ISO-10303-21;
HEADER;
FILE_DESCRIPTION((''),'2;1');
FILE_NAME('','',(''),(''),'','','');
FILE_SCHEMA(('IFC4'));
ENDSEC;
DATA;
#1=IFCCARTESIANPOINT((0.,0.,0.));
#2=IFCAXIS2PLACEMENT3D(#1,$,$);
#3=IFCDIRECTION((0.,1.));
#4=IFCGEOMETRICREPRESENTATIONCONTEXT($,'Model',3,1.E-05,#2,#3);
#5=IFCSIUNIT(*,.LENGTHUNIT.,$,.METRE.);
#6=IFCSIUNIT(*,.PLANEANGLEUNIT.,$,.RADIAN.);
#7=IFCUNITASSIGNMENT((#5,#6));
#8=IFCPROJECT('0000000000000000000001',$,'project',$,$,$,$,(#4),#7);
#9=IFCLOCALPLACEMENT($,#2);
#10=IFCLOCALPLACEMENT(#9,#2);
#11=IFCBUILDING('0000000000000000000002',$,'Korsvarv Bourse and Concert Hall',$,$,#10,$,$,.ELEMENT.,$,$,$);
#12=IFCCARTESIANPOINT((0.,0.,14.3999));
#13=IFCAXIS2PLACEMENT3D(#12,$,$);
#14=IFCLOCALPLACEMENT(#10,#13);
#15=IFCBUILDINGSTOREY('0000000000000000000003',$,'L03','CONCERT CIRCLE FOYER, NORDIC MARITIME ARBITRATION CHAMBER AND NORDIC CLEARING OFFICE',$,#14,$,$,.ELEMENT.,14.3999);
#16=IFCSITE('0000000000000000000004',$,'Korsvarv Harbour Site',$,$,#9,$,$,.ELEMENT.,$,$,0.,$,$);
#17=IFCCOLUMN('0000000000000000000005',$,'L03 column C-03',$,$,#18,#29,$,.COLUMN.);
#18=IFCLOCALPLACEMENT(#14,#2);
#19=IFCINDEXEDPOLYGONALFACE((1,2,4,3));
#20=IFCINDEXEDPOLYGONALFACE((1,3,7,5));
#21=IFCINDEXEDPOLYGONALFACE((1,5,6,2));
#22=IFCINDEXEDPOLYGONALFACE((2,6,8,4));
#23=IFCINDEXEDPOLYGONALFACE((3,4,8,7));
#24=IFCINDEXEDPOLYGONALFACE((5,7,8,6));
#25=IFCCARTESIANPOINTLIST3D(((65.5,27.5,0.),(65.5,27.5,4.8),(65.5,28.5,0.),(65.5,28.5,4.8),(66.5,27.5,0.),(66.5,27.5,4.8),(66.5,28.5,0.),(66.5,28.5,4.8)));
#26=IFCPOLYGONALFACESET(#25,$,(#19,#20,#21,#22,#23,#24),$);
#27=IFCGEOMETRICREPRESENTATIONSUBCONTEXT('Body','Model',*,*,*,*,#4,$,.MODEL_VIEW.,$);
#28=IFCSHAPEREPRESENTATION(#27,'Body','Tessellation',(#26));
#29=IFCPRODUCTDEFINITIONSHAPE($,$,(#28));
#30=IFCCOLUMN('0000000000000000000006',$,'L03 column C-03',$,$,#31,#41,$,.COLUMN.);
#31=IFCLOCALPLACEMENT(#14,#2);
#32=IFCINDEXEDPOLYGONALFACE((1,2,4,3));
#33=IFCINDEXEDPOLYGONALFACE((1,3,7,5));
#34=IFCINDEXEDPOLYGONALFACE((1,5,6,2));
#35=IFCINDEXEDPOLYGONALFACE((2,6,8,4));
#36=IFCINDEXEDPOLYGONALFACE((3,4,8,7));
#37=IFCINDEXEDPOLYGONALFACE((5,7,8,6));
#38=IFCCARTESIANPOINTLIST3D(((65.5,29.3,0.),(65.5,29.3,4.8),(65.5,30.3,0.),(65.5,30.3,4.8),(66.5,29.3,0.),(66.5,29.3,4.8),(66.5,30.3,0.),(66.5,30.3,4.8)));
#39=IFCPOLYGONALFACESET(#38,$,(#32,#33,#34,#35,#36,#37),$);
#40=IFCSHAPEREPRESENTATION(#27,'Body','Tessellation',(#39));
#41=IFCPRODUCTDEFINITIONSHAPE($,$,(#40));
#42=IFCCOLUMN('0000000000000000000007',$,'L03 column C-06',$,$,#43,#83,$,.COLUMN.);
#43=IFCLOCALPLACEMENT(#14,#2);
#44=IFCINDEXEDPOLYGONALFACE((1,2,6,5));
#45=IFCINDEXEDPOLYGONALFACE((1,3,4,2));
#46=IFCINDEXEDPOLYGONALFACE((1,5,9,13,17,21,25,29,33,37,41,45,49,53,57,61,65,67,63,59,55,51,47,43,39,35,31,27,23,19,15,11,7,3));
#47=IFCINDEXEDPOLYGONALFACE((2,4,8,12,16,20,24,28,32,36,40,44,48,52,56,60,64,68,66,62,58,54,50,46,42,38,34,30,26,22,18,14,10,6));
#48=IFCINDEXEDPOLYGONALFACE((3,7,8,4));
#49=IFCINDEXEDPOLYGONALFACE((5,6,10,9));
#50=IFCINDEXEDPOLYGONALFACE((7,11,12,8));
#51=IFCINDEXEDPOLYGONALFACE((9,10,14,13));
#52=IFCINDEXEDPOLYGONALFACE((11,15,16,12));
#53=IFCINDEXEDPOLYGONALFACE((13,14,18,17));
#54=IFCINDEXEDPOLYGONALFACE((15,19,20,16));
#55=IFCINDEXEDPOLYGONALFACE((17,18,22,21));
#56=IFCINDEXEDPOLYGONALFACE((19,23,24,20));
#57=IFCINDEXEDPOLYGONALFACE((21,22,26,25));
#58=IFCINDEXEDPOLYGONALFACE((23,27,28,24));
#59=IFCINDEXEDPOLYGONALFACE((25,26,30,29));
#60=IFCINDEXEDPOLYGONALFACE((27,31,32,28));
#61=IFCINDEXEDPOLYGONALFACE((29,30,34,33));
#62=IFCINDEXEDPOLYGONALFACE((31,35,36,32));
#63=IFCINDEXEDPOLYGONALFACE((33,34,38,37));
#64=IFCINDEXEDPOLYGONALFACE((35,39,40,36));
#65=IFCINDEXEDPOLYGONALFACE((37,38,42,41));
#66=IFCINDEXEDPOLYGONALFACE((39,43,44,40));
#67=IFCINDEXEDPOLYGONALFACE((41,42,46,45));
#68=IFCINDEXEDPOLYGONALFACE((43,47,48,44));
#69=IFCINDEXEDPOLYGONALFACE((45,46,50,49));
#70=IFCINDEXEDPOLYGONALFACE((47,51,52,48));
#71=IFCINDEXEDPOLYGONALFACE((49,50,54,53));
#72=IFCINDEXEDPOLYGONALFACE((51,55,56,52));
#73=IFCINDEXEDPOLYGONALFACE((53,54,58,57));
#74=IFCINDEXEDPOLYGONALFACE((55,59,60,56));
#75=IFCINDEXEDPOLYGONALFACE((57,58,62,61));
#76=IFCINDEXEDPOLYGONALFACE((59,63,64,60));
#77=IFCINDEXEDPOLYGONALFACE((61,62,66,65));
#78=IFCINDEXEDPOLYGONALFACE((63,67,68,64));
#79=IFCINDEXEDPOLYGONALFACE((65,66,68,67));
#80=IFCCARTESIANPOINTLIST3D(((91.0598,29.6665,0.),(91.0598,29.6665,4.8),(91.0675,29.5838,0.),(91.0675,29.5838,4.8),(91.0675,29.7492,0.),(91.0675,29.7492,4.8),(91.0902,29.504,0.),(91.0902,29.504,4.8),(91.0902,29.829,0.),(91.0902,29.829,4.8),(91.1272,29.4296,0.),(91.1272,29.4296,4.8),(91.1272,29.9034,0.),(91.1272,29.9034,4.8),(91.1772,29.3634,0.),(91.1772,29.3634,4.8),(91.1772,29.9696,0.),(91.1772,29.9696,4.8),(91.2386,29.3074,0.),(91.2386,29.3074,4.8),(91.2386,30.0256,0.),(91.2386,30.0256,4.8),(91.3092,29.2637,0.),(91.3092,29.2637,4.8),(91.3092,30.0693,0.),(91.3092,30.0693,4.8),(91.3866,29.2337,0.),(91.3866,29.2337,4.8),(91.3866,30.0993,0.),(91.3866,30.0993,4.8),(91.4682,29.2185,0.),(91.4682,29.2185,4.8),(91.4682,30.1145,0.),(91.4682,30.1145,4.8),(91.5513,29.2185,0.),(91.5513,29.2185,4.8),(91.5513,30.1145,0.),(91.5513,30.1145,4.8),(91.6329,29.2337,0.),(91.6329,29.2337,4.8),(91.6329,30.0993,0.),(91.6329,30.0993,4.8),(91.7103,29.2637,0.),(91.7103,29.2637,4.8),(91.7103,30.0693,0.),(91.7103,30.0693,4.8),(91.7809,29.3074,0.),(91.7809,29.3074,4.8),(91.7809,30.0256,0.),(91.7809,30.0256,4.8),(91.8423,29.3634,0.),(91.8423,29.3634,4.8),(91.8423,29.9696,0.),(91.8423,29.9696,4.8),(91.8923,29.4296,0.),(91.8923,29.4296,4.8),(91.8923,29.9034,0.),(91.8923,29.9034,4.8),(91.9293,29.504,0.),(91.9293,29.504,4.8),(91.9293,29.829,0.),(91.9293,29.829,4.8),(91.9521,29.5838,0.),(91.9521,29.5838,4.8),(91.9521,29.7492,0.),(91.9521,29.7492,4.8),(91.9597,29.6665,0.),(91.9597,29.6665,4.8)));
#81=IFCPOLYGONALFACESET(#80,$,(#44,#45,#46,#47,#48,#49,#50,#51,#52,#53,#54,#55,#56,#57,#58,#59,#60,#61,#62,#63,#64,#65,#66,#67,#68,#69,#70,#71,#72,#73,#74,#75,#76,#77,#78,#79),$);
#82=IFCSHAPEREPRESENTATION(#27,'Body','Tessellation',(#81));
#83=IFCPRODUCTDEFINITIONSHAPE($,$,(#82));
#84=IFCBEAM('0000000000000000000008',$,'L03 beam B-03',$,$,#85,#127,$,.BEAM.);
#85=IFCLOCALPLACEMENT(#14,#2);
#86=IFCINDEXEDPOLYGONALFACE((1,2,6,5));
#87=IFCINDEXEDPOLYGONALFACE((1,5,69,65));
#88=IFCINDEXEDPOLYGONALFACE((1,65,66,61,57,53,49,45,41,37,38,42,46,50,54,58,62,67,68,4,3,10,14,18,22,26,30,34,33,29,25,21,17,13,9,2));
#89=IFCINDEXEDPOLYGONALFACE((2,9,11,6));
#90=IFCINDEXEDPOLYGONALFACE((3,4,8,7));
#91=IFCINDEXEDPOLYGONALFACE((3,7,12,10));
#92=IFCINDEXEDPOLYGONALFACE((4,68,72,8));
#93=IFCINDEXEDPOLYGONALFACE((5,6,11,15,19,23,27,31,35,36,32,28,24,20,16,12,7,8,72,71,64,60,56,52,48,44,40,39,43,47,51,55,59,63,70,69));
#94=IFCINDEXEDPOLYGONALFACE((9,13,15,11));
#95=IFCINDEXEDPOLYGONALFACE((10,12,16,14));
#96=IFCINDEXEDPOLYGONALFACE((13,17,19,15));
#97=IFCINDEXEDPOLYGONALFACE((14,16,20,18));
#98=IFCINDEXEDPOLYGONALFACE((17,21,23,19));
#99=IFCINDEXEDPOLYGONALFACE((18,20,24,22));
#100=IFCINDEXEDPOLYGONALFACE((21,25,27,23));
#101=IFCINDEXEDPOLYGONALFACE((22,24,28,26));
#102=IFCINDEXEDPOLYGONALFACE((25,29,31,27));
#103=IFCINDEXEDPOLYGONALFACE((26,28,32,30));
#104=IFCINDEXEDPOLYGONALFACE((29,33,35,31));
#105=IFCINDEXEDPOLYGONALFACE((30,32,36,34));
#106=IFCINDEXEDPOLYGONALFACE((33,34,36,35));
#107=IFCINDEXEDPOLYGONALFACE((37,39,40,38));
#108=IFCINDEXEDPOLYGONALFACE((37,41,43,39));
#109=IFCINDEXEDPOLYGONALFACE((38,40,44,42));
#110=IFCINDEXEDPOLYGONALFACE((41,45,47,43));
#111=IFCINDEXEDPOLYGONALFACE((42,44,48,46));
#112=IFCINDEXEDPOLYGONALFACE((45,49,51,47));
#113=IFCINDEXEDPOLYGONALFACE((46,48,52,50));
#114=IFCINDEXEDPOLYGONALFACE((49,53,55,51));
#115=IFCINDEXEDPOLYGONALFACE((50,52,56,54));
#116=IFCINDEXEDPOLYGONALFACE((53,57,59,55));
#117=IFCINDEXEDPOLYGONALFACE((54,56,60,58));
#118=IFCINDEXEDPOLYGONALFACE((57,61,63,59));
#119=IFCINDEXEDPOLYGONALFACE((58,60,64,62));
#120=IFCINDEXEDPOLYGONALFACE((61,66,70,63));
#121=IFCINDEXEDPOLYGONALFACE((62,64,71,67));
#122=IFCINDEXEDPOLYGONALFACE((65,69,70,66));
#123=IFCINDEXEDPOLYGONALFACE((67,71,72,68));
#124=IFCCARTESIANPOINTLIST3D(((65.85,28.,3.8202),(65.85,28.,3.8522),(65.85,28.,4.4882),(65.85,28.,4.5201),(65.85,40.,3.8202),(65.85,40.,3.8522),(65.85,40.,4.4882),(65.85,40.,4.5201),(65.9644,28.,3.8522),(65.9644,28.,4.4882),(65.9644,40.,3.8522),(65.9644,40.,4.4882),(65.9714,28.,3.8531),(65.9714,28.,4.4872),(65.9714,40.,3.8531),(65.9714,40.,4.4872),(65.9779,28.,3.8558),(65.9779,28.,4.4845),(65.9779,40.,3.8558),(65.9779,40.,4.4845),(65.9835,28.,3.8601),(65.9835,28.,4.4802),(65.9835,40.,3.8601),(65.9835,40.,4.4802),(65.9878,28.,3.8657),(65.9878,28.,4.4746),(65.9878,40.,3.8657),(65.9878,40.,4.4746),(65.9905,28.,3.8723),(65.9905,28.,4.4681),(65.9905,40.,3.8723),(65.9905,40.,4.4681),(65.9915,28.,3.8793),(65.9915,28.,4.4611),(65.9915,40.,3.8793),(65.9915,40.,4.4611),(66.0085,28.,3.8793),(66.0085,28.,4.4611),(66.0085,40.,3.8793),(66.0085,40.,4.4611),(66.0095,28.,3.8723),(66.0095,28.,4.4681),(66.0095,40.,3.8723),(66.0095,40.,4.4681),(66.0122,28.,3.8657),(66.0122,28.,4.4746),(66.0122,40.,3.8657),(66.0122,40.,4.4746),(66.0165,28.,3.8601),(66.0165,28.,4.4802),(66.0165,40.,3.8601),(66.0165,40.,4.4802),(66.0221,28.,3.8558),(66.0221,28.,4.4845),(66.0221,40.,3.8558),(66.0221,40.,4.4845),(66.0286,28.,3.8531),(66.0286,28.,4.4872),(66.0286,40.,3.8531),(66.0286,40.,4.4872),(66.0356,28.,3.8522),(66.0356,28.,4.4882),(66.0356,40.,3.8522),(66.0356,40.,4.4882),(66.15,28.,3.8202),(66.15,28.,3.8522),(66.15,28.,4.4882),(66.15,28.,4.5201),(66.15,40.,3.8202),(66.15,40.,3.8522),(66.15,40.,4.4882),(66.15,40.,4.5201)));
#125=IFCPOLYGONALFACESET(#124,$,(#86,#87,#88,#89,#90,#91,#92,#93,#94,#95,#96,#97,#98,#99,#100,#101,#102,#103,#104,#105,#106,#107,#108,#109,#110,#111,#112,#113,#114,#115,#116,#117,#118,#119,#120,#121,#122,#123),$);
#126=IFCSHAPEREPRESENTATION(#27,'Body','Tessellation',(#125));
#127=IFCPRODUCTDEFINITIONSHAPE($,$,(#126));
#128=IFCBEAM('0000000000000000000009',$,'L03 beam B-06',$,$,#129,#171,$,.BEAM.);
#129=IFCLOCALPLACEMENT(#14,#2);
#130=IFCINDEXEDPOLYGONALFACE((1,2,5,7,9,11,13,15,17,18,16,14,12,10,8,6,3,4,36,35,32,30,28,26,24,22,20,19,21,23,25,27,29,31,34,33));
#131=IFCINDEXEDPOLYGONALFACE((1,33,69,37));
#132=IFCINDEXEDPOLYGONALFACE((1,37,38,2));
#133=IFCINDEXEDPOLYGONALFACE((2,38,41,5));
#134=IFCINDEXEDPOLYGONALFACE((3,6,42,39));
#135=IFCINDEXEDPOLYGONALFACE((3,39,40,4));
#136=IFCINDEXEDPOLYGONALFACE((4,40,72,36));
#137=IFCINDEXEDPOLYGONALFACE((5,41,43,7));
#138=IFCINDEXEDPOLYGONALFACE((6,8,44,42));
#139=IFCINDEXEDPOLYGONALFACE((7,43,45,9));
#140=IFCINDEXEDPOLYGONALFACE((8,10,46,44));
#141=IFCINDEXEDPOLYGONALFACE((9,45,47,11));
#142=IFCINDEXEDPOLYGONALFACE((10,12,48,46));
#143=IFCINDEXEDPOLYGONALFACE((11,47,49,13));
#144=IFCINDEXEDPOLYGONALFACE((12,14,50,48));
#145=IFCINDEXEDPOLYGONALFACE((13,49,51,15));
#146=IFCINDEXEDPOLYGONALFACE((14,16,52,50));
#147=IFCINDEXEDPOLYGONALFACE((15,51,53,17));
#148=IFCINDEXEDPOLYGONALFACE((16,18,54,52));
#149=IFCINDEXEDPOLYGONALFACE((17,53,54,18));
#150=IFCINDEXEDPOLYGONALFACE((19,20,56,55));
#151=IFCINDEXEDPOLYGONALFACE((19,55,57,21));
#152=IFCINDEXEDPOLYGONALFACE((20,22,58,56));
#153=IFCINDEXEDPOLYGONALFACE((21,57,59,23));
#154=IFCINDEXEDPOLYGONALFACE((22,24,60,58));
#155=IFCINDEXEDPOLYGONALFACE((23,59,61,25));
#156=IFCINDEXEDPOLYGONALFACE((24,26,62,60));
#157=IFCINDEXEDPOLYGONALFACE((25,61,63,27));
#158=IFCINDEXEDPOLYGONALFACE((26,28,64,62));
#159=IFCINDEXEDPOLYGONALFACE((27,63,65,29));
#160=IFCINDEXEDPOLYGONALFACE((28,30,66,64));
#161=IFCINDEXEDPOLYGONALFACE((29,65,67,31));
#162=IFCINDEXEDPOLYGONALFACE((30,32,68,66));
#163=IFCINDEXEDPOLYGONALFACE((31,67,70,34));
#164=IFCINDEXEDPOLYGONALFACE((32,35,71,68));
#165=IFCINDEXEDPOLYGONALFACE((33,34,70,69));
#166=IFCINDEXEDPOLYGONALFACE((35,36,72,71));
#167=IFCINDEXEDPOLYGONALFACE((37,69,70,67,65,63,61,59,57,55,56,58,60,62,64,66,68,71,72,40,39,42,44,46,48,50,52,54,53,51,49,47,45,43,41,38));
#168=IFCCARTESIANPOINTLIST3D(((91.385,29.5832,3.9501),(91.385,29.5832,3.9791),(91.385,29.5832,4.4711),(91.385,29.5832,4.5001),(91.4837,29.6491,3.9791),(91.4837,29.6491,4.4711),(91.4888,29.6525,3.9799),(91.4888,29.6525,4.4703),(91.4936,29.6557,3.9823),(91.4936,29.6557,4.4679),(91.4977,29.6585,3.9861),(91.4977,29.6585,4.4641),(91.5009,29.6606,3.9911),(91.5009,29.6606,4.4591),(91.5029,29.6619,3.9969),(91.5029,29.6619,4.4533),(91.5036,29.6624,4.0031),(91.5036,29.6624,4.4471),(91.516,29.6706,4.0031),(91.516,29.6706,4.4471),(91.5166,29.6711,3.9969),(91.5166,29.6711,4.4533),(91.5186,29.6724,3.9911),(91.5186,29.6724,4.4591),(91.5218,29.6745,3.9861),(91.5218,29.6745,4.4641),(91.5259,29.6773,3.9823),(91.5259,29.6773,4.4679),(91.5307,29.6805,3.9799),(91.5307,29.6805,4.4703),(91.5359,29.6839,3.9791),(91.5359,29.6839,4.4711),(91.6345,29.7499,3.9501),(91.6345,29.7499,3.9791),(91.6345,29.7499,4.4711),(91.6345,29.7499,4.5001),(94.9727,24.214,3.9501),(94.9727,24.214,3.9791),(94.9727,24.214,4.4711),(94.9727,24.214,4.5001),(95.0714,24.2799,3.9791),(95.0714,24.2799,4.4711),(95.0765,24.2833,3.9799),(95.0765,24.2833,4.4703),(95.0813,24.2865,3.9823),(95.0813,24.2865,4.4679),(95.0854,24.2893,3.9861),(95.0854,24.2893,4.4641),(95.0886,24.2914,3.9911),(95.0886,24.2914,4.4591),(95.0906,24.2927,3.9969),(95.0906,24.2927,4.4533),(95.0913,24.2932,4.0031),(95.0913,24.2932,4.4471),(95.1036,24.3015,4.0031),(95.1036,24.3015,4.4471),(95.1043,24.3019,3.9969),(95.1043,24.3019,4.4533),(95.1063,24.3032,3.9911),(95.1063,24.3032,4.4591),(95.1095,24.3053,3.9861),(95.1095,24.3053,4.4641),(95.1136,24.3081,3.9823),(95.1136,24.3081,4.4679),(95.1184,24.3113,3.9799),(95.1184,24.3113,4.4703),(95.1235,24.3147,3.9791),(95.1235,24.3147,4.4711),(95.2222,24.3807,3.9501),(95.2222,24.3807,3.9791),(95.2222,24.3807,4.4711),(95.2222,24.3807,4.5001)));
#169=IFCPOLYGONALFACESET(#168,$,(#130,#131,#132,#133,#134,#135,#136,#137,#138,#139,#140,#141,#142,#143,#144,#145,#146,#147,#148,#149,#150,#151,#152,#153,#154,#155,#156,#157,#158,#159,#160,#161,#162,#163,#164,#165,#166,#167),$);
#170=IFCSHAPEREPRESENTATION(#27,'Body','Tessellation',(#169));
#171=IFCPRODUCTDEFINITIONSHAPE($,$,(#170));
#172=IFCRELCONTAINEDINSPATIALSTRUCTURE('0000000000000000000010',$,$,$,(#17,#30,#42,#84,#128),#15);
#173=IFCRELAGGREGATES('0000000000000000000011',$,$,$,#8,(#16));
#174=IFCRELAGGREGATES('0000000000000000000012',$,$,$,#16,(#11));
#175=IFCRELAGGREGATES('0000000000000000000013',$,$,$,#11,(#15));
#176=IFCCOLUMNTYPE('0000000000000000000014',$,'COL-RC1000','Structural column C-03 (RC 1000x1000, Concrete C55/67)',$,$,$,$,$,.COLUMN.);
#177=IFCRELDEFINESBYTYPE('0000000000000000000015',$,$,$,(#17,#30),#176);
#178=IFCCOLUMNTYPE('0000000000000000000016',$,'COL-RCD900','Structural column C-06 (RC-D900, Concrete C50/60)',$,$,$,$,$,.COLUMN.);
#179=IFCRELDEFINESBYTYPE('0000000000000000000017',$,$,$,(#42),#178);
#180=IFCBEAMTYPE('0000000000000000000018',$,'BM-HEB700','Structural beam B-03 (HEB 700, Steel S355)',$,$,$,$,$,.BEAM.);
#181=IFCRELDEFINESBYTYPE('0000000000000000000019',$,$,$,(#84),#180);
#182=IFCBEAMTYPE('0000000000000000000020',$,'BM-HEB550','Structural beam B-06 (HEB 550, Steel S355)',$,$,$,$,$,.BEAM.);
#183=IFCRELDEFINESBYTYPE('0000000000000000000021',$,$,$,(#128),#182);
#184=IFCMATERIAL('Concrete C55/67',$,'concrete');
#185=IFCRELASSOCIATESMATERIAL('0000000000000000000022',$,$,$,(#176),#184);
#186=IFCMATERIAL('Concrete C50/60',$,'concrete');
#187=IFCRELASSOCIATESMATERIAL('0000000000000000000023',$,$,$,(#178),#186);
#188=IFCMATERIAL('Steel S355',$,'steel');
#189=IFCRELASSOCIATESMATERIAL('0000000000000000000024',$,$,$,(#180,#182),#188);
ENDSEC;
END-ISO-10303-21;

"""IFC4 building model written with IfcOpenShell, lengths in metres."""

from ifc_helpers import new_model, si_unit, direction, frame, origin, origin_2d, place, context, subcontext, project, spatial, rectangle, circle, i_section, extrude, source, transform, mapped, material, material_profile, profile_set, type_object, element, save


model = new_model("IFC4")

# Units and contexts
model_context = context("Model", 3, precision=1e-05, world=origin(), true_north=direction((0.0, 1.0)))
body_context = subcontext(model_context, "Body", "Model", "MODEL_VIEW")
ifc_project = project(units=[si_unit("LENGTHUNIT", "METRE"), si_unit("PLANEANGLEUNIT", "RADIAN")], contexts=[model_context])

# Site, building, storey
site_placement = place(None, origin())
site = spatial("IfcSite", under=ifc_project, at=site_placement, Name="Korsvarv Harbour Site", CompositionType="ELEMENT", RefElevation=0.0)
building_placement = place(site_placement, origin())
building = spatial("IfcBuilding", under=site, at=building_placement, Name="Korsvarv Bourse and Concert Hall", CompositionType="ELEMENT")
storey_placement = place(building_placement, frame((0.0, 0.0, 14.3999)))
storey = spatial("IfcBuildingStorey", under=building, at=storey_placement, Name="L03", Description="CONCERT CIRCLE FOYER, NORDIC MARITIME ARBITRATION CHAMBER AND NORDIC CLEARING OFFICE", CompositionType="ELEMENT", Elevation=14.3999)

# Columns
ifc_material_1 = material(Name="Concrete C55/67", Category="concrete")
ifc_material_profile_1 = material_profile(ifc_material_1, rectangle(XDim=1.0, YDim=1.0, at=origin_2d()), Name="RC 1000x1000")
ifc_profile_set_1 = profile_set([ifc_material_profile_1], Name="Concrete C55/67")
column_type_1 = type_object("IfcColumnType", Name="COL-RC1000", Description="Structural column C-03 (RC 1000x1000, Concrete C55/67)", PredefinedType="COLUMN", material=ifc_profile_set_1)
shared_shape_1 = source(origin(), body_context, "Body", "SweptSolid", [
    extrude(rectangle(XDim=1.0, YDim=1.0, at=origin_2d()), origin(), (0.0, 0.0, 1.0), 4.8),
])
for number, where, z_axis, x_axis, name in (
    (1, (66.0, 28.0, 0.0), (0.0, 0.0, 1.0), (1.0, 0.0, 0.0), "L03 column C-03"),
    (2, (66.0, 29.8, 0.0), (0.0, 0.0, 1.0), (1.0, 0.0, 0.0), "L03 column C-03"),
):
    element("IfcColumn", number, at=place(storey_placement, frame(where, z_axis=z_axis, x_axis=x_axis)), inside=storey, type_object=column_type_1, Name=name, PredefinedType="COLUMN", context=body_context, shape_type="MappedRepresentation", body=[
        mapped(shared_shape_1, transform((0.0, 0.0, 0.0), scale=1.0)),
    ])
ifc_material_2 = material(Name="Concrete C50/60", Category="concrete")
ifc_material_profile_2 = material_profile(ifc_material_2, circle(Radius=0.45, at=origin_2d()), Name="RC-D900")
ifc_profile_set_2 = profile_set([ifc_material_profile_2], Name="Concrete C50/60")
column_type_2 = type_object("IfcColumnType", Name="COL-RCD900", Description="Structural column C-06 (RC-D900, Concrete C50/60)", PredefinedType="COLUMN", material=ifc_profile_set_2)
shared_shape_2 = source(origin(), body_context, "Body", "SweptSolid", [
    extrude(circle(Radius=0.45, at=origin_2d()), origin(), (0.0, 0.0, 1.0), 4.8),
])
column_placement = place(storey_placement, frame((91.5098, 29.6665, 0.0), z_axis=(0.0, 0.0, 1.0), x_axis=(1.0, 0.0, 0.0)))
element("IfcColumn", 3, at=column_placement, inside=storey, type_object=column_type_2, Name="L03 column C-06", PredefinedType="COLUMN", context=body_context, shape_type="MappedRepresentation", body=[
    mapped(shared_shape_2, transform((0.0, 0.0, 0.0), scale=1.0)),
])

# Beams
ifc_material_3 = material(Name="Steel S355", Category="steel")
ifc_material_profile_3 = material_profile(ifc_material_3, i_section(OverallWidth=0.3, OverallDepth=0.7, WebThickness=0.0171, FlangeThickness=0.032, FilletRadius=0.0271, at=origin_2d()), Name="HEB 700")
ifc_profile_set_3 = profile_set([ifc_material_profile_3], Name="Steel S355")
beam_type_1 = type_object("IfcBeamType", Name="BM-HEB700", Description="Structural beam B-03 (HEB 700, Steel S355)", PredefinedType="BEAM", material=ifc_profile_set_3)
shared_shape_3 = source(origin(), body_context, "Body", "SweptSolid", [
    extrude(i_section(OverallWidth=0.3, OverallDepth=0.7, WebThickness=0.0171, FlangeThickness=0.032, FilletRadius=0.0271, at=origin_2d()), origin(), (0.0, 0.0, 1.0), 12.0),
])
beam_1_placement = place(storey_placement, frame((66.0, 28.0, 4.1702), z_axis=(0.0, 1.0, 0.0), x_axis=(-1.0, 0.0, 0.0)))
element("IfcBeam", 4, at=beam_1_placement, inside=storey, type_object=beam_type_1, Name="L03 beam B-03", PredefinedType="BEAM", context=body_context, shape_type="MappedRepresentation", body=[
    mapped(shared_shape_3, transform((0.0, 0.0, 0.0), scale=1.0)),
])
ifc_material_profile_4 = material_profile(ifc_material_3, i_section(OverallWidth=0.3, OverallDepth=0.55, WebThickness=0.0149, FlangeThickness=0.0291, FilletRadius=0.0239, at=origin_2d()), Name="HEB 550")
ifc_profile_set_4 = profile_set([ifc_material_profile_4], Name="Steel S355")
beam_type_2 = type_object("IfcBeamType", Name="BM-HEB550", Description="Structural beam B-06 (HEB 550, Steel S355)", PredefinedType="BEAM", material=ifc_profile_set_4)
shared_shape_4 = source(origin(), body_context, "Body", "SweptSolid", [
    extrude(i_section(OverallWidth=0.3, OverallDepth=0.55, WebThickness=0.0149, FlangeThickness=0.0291, FilletRadius=0.0239, at=origin_2d()), origin(), (0.0, 0.0, 1.0), 6.4575),
])
beam_2_placement = place(storey_placement, frame((91.5098, 29.6665, 4.2251), z_axis=(0.555581, -0.831462, 0.0), x_axis=(0.831462, 0.555581, 0.0)))
element("IfcBeam", 5, at=beam_2_placement, inside=storey, type_object=beam_type_2, Name="L03 beam B-06", PredefinedType="BEAM", context=body_context, shape_type="MappedRepresentation", body=[
    mapped(shared_shape_4, transform((0.0, 0.0, 0.0), scale=1.0)),
])

save(model, "model.ifc")
